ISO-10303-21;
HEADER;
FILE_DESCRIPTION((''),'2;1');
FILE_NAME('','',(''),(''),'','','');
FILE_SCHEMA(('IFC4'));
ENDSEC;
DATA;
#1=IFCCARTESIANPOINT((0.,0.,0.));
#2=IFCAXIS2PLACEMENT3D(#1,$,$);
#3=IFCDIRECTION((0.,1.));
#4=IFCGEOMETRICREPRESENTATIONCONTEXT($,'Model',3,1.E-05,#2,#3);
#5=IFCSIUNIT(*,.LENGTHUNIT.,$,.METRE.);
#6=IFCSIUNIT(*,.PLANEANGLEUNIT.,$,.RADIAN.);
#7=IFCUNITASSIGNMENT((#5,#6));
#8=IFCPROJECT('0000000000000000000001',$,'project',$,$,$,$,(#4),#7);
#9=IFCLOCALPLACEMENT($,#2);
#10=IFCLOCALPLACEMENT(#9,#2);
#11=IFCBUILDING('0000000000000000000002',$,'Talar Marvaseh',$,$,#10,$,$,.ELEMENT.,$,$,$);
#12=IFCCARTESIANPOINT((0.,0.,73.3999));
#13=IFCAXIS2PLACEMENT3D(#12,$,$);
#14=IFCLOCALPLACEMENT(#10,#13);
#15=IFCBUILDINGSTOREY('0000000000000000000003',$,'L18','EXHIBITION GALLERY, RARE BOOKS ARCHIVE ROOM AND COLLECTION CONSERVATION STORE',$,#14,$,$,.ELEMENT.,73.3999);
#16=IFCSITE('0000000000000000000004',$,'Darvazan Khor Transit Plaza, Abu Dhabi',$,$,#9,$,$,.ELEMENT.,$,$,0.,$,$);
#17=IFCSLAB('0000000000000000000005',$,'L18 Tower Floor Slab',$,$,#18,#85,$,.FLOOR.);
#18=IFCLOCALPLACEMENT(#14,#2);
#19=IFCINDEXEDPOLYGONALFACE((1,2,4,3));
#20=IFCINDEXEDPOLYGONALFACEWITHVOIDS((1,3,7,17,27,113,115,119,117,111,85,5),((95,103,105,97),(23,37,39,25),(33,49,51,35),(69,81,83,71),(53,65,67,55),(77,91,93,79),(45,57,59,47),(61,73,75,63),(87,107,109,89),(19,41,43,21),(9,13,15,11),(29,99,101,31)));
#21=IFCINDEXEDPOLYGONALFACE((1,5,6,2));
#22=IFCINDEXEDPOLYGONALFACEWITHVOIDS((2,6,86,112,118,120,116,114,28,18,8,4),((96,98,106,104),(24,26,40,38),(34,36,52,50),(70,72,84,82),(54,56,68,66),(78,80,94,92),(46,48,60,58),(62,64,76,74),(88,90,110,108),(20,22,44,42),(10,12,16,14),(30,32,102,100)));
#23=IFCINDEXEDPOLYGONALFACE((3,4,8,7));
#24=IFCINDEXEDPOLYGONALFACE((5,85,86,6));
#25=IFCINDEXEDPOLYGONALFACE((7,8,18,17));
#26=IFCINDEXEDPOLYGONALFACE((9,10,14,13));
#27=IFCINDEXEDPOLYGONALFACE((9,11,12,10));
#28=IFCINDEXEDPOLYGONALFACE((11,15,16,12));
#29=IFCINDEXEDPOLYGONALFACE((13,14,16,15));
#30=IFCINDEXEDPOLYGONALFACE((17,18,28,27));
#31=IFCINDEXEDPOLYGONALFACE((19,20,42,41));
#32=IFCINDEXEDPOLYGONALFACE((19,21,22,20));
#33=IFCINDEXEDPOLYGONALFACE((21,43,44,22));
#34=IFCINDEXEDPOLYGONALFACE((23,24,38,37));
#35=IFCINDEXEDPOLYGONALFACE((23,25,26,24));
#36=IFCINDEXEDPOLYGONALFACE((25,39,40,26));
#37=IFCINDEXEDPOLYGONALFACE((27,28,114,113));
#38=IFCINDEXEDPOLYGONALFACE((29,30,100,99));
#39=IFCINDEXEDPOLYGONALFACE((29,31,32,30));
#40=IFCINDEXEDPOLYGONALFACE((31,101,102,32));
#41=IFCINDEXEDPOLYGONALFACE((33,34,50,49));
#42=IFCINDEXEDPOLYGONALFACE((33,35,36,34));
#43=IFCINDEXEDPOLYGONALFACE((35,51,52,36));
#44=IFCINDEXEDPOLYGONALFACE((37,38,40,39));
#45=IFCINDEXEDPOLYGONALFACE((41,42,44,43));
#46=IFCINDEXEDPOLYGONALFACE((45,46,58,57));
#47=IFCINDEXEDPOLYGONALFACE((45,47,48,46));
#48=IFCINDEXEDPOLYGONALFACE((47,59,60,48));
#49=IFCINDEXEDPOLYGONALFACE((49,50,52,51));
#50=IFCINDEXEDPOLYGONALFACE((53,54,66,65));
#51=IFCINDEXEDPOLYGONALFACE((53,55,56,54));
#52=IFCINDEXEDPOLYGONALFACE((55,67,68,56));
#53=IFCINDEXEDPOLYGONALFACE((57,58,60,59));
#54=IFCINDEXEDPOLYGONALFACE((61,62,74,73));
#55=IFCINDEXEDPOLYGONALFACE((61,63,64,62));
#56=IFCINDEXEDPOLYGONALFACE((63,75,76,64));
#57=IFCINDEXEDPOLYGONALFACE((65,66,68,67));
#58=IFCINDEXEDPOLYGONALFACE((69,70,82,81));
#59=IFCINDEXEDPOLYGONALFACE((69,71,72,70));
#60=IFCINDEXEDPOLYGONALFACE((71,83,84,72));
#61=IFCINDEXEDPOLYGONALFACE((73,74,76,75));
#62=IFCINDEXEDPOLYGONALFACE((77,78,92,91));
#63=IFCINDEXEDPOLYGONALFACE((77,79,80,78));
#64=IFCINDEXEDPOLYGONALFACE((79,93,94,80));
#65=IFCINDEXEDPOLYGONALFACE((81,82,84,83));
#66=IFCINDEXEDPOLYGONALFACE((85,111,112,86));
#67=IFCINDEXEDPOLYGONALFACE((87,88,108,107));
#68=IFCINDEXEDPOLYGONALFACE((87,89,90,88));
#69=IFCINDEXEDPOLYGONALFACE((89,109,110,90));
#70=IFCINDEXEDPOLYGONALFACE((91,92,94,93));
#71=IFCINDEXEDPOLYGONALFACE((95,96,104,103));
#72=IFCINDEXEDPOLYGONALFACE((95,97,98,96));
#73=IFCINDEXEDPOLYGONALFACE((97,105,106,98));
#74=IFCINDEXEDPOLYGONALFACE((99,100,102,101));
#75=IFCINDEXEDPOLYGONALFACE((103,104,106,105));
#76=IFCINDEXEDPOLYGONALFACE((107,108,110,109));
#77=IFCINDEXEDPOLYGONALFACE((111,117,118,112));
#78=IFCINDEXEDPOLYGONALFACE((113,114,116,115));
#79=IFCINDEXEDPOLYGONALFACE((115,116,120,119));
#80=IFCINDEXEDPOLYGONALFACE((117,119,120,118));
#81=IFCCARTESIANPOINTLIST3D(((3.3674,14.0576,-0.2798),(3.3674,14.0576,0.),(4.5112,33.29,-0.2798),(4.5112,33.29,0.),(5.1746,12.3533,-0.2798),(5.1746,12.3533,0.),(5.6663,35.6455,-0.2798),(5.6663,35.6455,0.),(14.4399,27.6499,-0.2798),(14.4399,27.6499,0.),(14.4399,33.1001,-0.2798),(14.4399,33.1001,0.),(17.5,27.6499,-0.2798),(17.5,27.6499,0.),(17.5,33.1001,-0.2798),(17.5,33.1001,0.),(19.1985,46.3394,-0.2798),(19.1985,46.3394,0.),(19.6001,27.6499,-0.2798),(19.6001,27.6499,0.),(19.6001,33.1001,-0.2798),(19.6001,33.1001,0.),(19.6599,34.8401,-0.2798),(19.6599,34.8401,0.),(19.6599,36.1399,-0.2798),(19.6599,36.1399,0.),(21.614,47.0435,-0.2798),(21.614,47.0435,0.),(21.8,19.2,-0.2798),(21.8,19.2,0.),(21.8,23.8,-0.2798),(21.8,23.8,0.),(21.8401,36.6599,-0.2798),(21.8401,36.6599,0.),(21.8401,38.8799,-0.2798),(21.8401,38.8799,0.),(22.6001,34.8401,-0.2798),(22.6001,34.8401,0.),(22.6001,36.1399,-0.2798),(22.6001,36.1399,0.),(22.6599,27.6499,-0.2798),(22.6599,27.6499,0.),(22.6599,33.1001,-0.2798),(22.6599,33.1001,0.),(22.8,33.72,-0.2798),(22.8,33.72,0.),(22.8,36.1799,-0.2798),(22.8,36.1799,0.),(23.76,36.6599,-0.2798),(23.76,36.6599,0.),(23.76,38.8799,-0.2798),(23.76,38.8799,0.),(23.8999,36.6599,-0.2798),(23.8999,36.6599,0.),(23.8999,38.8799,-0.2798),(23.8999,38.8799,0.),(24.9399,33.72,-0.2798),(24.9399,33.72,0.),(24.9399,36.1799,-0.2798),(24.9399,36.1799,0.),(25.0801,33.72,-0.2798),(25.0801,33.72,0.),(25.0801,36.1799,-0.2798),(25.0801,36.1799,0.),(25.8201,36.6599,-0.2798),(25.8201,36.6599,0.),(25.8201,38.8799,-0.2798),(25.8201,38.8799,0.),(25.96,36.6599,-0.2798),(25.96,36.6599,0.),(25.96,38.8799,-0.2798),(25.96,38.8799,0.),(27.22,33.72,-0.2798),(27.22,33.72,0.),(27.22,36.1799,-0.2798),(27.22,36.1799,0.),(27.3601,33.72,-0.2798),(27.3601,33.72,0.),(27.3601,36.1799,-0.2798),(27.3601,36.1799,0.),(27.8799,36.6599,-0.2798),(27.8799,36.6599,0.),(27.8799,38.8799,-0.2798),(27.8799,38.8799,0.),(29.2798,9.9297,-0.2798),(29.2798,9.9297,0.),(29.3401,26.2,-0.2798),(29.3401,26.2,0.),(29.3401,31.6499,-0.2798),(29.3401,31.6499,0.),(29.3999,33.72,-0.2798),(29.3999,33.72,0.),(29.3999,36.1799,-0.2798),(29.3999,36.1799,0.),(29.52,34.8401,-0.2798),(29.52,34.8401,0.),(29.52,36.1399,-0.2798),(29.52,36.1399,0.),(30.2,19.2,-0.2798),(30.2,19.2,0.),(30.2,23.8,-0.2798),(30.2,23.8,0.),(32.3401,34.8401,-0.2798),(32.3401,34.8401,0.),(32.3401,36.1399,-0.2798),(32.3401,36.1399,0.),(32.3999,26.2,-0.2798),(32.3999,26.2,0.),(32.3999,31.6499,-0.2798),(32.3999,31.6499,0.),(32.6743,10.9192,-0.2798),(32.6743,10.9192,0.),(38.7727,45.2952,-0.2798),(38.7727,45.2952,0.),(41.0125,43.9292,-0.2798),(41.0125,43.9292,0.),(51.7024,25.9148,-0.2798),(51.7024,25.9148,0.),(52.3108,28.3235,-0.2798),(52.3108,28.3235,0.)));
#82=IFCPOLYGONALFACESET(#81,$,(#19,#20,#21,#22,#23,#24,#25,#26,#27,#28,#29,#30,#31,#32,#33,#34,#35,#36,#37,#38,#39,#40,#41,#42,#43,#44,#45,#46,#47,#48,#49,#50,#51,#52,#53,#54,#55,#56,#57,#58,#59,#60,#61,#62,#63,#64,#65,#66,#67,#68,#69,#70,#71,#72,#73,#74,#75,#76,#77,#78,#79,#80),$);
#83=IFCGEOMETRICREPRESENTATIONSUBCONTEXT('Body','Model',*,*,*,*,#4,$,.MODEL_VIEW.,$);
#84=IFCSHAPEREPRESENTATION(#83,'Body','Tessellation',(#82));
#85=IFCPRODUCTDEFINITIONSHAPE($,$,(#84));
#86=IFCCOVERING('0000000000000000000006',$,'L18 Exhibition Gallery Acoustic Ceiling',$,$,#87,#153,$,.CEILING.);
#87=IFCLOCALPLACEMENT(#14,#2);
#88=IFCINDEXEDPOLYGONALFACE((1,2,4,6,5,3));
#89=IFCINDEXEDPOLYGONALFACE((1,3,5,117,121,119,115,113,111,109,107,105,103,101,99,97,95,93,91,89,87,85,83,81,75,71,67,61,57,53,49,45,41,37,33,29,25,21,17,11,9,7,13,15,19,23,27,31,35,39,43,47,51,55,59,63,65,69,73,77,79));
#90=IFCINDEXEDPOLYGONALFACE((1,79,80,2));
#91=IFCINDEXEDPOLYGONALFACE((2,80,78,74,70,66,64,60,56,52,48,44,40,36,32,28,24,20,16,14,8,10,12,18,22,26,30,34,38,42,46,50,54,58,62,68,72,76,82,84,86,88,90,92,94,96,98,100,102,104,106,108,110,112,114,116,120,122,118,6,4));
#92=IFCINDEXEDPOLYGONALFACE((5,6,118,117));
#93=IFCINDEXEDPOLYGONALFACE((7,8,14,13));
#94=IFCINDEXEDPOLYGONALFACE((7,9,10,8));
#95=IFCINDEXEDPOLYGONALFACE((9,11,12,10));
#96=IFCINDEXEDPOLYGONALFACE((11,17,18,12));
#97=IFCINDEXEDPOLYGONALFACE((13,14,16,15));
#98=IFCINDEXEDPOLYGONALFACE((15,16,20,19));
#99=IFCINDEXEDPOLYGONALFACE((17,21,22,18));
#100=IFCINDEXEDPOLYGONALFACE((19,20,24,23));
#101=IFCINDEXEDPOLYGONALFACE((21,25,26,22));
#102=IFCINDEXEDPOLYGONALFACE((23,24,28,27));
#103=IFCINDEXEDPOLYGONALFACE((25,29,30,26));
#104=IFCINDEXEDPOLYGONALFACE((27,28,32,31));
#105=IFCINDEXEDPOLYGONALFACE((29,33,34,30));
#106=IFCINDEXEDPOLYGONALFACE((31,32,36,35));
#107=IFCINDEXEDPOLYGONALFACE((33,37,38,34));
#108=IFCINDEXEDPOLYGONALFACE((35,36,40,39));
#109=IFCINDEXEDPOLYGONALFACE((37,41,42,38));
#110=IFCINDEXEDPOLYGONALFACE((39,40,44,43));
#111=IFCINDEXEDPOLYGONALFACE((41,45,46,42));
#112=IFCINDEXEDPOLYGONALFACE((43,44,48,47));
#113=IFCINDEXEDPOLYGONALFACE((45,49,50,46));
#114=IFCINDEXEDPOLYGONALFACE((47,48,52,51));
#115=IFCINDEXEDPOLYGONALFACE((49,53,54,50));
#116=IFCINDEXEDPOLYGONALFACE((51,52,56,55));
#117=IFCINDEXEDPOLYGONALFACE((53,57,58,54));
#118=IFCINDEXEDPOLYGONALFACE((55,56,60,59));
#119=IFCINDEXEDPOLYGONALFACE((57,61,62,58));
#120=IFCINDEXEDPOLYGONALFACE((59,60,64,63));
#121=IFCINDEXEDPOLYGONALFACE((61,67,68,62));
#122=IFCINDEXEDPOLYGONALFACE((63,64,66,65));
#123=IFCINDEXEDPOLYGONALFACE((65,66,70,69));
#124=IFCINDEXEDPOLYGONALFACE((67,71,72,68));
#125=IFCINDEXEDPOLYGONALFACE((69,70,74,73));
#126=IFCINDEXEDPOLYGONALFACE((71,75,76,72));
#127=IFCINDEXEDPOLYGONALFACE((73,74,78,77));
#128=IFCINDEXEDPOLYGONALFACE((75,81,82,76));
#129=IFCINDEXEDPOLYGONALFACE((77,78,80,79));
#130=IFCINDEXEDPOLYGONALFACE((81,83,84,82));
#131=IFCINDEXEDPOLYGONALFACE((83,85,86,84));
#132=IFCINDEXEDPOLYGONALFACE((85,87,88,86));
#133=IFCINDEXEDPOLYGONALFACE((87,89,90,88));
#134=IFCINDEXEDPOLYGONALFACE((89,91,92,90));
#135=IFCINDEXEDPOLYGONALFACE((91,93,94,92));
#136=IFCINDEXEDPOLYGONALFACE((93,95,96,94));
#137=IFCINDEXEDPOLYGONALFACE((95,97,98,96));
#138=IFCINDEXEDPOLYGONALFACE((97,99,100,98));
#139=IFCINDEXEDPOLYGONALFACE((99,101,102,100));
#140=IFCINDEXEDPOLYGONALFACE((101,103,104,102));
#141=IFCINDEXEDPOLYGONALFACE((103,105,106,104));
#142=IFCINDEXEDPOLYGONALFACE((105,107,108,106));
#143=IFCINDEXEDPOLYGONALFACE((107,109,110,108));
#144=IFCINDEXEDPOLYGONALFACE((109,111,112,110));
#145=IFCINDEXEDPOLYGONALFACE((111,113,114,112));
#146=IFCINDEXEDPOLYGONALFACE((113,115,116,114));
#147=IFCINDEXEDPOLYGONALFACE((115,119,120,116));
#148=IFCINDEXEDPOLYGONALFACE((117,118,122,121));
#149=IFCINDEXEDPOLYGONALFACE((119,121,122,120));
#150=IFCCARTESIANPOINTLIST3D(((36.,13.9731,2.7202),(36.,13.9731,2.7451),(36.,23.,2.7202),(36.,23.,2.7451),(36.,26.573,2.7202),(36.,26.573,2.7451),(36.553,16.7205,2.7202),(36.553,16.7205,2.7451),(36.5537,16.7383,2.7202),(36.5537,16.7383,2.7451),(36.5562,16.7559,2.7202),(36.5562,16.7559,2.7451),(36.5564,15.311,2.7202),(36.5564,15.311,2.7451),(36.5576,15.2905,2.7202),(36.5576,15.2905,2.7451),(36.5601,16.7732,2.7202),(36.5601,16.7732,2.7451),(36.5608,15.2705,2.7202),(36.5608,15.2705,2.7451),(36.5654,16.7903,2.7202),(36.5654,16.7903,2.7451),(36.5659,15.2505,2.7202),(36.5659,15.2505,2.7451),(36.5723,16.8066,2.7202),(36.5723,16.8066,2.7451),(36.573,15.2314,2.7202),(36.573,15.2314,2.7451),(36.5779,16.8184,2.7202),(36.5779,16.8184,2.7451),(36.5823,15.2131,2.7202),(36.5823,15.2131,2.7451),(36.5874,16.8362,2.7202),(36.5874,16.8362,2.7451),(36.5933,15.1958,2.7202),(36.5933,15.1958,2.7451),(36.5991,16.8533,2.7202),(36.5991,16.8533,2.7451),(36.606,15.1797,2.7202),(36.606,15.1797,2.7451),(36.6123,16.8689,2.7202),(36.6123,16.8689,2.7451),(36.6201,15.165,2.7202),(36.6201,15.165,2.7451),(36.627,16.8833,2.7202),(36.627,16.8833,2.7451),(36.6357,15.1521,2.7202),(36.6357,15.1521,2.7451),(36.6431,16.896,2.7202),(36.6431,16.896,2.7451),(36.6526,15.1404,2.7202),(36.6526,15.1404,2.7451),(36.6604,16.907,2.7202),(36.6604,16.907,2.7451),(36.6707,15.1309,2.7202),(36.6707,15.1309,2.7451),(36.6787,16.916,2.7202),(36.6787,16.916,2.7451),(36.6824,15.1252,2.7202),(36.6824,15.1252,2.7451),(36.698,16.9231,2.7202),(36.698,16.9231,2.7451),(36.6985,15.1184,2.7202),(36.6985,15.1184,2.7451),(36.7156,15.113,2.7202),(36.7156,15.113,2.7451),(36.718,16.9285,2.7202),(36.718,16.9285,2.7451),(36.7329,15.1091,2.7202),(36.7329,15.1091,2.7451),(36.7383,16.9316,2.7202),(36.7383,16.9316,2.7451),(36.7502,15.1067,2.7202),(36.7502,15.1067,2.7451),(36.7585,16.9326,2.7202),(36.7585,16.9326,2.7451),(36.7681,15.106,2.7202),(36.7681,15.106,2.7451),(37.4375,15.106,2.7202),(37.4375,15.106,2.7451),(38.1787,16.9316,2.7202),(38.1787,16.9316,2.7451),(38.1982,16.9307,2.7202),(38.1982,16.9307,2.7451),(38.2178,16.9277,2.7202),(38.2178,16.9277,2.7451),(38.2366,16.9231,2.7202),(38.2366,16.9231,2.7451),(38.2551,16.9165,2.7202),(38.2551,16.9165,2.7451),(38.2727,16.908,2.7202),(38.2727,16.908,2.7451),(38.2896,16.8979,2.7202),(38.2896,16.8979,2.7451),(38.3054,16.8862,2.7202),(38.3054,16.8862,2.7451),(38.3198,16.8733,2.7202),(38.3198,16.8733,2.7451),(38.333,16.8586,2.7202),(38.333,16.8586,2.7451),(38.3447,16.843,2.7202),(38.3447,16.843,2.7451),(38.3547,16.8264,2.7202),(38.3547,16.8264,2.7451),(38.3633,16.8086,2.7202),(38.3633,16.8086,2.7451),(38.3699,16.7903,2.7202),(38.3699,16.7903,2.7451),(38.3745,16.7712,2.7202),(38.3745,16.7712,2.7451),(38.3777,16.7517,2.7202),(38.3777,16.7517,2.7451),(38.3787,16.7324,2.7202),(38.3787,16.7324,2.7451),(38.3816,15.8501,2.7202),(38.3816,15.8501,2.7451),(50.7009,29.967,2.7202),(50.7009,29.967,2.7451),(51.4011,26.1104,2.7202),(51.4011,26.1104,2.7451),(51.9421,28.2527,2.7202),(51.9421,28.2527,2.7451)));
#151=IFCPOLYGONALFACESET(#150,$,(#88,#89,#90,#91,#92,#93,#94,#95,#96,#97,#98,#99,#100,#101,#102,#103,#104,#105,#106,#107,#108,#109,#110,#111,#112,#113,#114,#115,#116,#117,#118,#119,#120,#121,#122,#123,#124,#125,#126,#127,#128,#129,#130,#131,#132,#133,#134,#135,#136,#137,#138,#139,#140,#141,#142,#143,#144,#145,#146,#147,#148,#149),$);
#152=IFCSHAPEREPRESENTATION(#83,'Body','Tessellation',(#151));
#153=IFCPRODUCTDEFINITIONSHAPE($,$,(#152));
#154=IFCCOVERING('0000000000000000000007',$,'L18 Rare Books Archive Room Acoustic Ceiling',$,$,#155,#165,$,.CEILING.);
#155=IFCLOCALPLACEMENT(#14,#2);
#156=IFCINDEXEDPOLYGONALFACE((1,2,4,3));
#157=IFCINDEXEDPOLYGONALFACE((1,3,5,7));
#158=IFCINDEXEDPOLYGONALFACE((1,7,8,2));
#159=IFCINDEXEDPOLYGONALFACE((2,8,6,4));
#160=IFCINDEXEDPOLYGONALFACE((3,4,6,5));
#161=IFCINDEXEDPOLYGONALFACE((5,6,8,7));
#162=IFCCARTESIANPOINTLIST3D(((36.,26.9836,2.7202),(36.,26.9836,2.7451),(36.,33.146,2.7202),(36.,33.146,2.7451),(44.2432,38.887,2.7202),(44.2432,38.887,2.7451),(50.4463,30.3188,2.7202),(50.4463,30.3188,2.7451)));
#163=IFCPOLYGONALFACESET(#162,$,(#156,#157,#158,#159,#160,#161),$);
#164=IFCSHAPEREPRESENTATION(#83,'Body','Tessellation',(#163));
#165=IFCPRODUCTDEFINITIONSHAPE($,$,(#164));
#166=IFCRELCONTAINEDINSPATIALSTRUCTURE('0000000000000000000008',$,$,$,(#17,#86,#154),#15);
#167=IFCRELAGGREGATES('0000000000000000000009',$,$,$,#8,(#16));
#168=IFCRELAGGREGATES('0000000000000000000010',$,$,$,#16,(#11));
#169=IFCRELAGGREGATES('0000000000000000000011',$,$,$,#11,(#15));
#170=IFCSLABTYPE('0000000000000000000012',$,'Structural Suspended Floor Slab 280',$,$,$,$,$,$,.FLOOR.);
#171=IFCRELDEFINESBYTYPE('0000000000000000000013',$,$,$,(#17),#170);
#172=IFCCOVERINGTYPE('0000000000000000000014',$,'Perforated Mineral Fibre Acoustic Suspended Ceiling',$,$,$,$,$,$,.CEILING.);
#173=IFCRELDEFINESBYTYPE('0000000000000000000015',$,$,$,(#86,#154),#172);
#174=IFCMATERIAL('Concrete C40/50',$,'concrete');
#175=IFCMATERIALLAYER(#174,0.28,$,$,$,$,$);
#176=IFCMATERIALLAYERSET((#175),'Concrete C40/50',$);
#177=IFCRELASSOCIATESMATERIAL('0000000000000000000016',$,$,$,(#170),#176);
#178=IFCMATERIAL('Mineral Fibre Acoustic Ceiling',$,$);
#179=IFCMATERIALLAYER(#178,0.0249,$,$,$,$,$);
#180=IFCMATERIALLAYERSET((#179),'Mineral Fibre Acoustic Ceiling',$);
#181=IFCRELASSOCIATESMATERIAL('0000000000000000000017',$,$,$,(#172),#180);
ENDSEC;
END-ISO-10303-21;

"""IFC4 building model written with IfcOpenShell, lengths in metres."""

from ifc_helpers import new_model, si_unit, direction, frame, origin, place, context, subcontext, project, spatial, polyline, outline, extrude, material, layer, layer_set, type_object, element, save


model = new_model("IFC4")

# Units and contexts
model_context = context("Model", 3, precision=1e-05, world=origin(), true_north=direction((0.0, 1.0)))
body_context = subcontext(model_context, "Body", "Model", "MODEL_VIEW")
ifc_project = project(units=[si_unit("LENGTHUNIT", "METRE"), si_unit("PLANEANGLEUNIT", "RADIAN")], contexts=[model_context])

# Site, building, storey
site_placement = place(None, origin())
site = spatial("IfcSite", under=ifc_project, at=site_placement, Name="Darvazan Khor Transit Plaza, Abu Dhabi", CompositionType="ELEMENT", RefElevation=0.0)
building_placement = place(site_placement, origin())
building = spatial("IfcBuilding", under=site, at=building_placement, Name="Talar Marvaseh", CompositionType="ELEMENT")
storey_placement = place(building_placement, frame((0.0, 0.0, 73.3999)))
storey = spatial("IfcBuildingStorey", under=building, at=storey_placement, Name="L18", Description="EXHIBITION GALLERY, RARE BOOKS ARCHIVE ROOM AND COLLECTION CONSERVATION STORE", CompositionType="ELEMENT", Elevation=73.3999)

# Shared definitions
ifc_material_1 = material(Name="Concrete C40/50", Category="concrete")

# Slab
ifc_layer_1 = layer(ifc_material_1, 0.28)
ifc_layer_set_1 = layer_set([ifc_layer_1], Name="Concrete C40/50")
slab_type_1 = type_object("IfcSlabType", Name="Structural Suspended Floor Slab 280", PredefinedType="FLOOR", material=ifc_layer_set_1)
slab_1_placement = place(storey_placement, frame((0.0, 0.0, -0.2798)))
element("IfcSlab", 1, at=slab_1_placement, inside=storey, type_object=slab_type_1, Name="L18 Tower Floor Slab", PredefinedType="FLOOR", context=body_context, shape_type="SweptSolid", body=[
    extrude(outline(polyline([(5.1746, 12.3533), (3.3674, 14.0576), (4.5112, 33.29), (5.6663, 35.6455), (19.1985, 46.3394), (21.614, 47.0435), (38.7727, 45.2952), (41.0125, 43.9292), (52.3108, 28.3235), (51.7024, 25.9148), (32.6743, 10.9192), (29.2798, 9.9297), (5.1746, 12.3533)]), holes=[polyline([(22.6599, 27.6499), (22.6599, 33.1001), (19.6001, 33.1001), (19.6001, 27.6499), (22.6599, 27.6499)]), polyline([(29.3401, 31.6499), (29.3401, 26.2), (32.3999, 26.2), (32.3999, 31.6499), (29.3401, 31.6499)]), polyline([(17.5, 27.6499), (17.5, 33.1001), (14.4399, 33.1001), (14.4399, 27.6499), (17.5, 27.6499)]), polyline([(22.8, 33.72), (24.9399, 33.72), (24.9399, 36.1799), (22.8, 36.1799), (22.8, 33.72)]), polyline([(25.0801, 33.72), (27.22, 33.72), (27.22, 36.1799), (25.0801, 36.1799), (25.0801, 33.72)]), polyline([(27.3601, 33.72), (29.3999, 33.72), (29.3999, 36.1799), (27.3601, 36.1799), (27.3601, 33.72)]), polyline([(21.8401, 36.6599), (23.76, 36.6599), (23.76, 38.8799), (21.8401, 38.8799), (21.8401, 36.6599)]), polyline([(23.8999, 36.6599), (25.8201, 36.6599), (25.8201, 38.8799), (23.8999, 38.8799), (23.8999, 36.6599)]), polyline([(25.96, 36.6599), (27.8799, 36.6599), (27.8799, 38.8799), (25.96, 38.8799), (25.96, 36.6599)]), polyline([(19.6599, 34.8401), (22.6001, 34.8401), (22.6001, 36.1399), (19.6599, 36.1399), (19.6599, 34.8401)]), polyline([(29.52, 34.8401), (32.3401, 34.8401), (32.3401, 36.1399), (29.52, 36.1399), (29.52, 34.8401)]), polyline([(21.8, 19.2), (30.2, 19.2), (30.2, 23.8), (21.8, 23.8), (21.8, 19.2)])]), origin(), (0.0, 0.0, 1.0), 0.2798),
])

# Coverings
ifc_material_2 = material(Name="Mineral Fibre Acoustic Ceiling")
ifc_layer_2 = layer(ifc_material_2, 0.0249)
ifc_layer_set_2 = layer_set([ifc_layer_2], Name="Mineral Fibre Acoustic Ceiling")
covering_type_1 = type_object("IfcCoveringType", Name="Perforated Mineral Fibre Acoustic Suspended Ceiling", PredefinedType="CEILING", material=ifc_layer_set_2)
covering_1_placement = place(storey_placement, frame((0.0, 0.0, 2.7202)))
element("IfcCovering", 2, at=covering_1_placement, inside=storey, type_object=covering_type_1, Name="L18 Exhibition Gallery Acoustic Ceiling", PredefinedType="CEILING", context=body_context, shape_type="SweptSolid", body=[
    extrude(outline(polyline([(50.7009, 29.967), (51.9421, 28.2527), (51.4011, 26.1104), (38.3816, 15.8501), (38.3787, 16.7324), (38.3777, 16.7517), (38.3745, 16.7712), (38.3699, 16.7903), (38.3633, 16.8086), (38.3547, 16.8264), (38.3447, 16.843), (38.333, 16.8586), (38.3198, 16.8733), (38.3054, 16.8862), (38.2896, 16.8979), (38.2727, 16.908), (38.2551, 16.9165), (38.2366, 16.9231), (38.2178, 16.9277), (38.1982, 16.9307), (38.1787, 16.9316), (36.7585, 16.9326), (36.7383, 16.9316), (36.718, 16.9285), (36.698, 16.9231), (36.6787, 16.916), (36.6604, 16.907), (36.6431, 16.896), (36.627, 16.8833), (36.6123, 16.8689), (36.5991, 16.8533), (36.5874, 16.8362), (36.5779, 16.8184), (36.5723, 16.8066), (36.5654, 16.7903), (36.5601, 16.7732), (36.5562, 16.7559), (36.5537, 16.7383), (36.553, 16.7205), (36.5564, 15.311), (36.5576, 15.2905), (36.5608, 15.2705), (36.5659, 15.2505), (36.573, 15.2314), (36.5823, 15.2131), (36.5933, 15.1958), (36.606, 15.1797), (36.6201, 15.165), (36.6357, 15.1521), (36.6526, 15.1404), (36.6707, 15.1309), (36.6824, 15.1252), (36.6985, 15.1184), (36.7156, 15.113), (36.7329, 15.1091), (36.7502, 15.1067), (36.7681, 15.106), (37.4375, 15.106), (36.0, 13.9731), (36.0, 23.0), (36.0, 26.573), (50.7009, 29.967)])), origin(), (0.0, 0.0, 1.0), 0.0249),
])
covering_2_placement = place(storey_placement, frame((0.0, 0.0, 2.7202)))
element("IfcCovering", 3, at=covering_2_placement, inside=storey, type_object=covering_type_1, Name="L18 Rare Books Archive Room Acoustic Ceiling", PredefinedType="CEILING", context=body_context, shape_type="SweptSolid", body=[
    extrude(outline(polyline([(44.2432, 38.887), (50.4463, 30.3188), (36.0, 26.9836), (36.0, 33.146), (44.2432, 38.887)])), origin(), (0.0, 0.0, 1.0), 0.0249),
])

save(model, "model.ifc")
